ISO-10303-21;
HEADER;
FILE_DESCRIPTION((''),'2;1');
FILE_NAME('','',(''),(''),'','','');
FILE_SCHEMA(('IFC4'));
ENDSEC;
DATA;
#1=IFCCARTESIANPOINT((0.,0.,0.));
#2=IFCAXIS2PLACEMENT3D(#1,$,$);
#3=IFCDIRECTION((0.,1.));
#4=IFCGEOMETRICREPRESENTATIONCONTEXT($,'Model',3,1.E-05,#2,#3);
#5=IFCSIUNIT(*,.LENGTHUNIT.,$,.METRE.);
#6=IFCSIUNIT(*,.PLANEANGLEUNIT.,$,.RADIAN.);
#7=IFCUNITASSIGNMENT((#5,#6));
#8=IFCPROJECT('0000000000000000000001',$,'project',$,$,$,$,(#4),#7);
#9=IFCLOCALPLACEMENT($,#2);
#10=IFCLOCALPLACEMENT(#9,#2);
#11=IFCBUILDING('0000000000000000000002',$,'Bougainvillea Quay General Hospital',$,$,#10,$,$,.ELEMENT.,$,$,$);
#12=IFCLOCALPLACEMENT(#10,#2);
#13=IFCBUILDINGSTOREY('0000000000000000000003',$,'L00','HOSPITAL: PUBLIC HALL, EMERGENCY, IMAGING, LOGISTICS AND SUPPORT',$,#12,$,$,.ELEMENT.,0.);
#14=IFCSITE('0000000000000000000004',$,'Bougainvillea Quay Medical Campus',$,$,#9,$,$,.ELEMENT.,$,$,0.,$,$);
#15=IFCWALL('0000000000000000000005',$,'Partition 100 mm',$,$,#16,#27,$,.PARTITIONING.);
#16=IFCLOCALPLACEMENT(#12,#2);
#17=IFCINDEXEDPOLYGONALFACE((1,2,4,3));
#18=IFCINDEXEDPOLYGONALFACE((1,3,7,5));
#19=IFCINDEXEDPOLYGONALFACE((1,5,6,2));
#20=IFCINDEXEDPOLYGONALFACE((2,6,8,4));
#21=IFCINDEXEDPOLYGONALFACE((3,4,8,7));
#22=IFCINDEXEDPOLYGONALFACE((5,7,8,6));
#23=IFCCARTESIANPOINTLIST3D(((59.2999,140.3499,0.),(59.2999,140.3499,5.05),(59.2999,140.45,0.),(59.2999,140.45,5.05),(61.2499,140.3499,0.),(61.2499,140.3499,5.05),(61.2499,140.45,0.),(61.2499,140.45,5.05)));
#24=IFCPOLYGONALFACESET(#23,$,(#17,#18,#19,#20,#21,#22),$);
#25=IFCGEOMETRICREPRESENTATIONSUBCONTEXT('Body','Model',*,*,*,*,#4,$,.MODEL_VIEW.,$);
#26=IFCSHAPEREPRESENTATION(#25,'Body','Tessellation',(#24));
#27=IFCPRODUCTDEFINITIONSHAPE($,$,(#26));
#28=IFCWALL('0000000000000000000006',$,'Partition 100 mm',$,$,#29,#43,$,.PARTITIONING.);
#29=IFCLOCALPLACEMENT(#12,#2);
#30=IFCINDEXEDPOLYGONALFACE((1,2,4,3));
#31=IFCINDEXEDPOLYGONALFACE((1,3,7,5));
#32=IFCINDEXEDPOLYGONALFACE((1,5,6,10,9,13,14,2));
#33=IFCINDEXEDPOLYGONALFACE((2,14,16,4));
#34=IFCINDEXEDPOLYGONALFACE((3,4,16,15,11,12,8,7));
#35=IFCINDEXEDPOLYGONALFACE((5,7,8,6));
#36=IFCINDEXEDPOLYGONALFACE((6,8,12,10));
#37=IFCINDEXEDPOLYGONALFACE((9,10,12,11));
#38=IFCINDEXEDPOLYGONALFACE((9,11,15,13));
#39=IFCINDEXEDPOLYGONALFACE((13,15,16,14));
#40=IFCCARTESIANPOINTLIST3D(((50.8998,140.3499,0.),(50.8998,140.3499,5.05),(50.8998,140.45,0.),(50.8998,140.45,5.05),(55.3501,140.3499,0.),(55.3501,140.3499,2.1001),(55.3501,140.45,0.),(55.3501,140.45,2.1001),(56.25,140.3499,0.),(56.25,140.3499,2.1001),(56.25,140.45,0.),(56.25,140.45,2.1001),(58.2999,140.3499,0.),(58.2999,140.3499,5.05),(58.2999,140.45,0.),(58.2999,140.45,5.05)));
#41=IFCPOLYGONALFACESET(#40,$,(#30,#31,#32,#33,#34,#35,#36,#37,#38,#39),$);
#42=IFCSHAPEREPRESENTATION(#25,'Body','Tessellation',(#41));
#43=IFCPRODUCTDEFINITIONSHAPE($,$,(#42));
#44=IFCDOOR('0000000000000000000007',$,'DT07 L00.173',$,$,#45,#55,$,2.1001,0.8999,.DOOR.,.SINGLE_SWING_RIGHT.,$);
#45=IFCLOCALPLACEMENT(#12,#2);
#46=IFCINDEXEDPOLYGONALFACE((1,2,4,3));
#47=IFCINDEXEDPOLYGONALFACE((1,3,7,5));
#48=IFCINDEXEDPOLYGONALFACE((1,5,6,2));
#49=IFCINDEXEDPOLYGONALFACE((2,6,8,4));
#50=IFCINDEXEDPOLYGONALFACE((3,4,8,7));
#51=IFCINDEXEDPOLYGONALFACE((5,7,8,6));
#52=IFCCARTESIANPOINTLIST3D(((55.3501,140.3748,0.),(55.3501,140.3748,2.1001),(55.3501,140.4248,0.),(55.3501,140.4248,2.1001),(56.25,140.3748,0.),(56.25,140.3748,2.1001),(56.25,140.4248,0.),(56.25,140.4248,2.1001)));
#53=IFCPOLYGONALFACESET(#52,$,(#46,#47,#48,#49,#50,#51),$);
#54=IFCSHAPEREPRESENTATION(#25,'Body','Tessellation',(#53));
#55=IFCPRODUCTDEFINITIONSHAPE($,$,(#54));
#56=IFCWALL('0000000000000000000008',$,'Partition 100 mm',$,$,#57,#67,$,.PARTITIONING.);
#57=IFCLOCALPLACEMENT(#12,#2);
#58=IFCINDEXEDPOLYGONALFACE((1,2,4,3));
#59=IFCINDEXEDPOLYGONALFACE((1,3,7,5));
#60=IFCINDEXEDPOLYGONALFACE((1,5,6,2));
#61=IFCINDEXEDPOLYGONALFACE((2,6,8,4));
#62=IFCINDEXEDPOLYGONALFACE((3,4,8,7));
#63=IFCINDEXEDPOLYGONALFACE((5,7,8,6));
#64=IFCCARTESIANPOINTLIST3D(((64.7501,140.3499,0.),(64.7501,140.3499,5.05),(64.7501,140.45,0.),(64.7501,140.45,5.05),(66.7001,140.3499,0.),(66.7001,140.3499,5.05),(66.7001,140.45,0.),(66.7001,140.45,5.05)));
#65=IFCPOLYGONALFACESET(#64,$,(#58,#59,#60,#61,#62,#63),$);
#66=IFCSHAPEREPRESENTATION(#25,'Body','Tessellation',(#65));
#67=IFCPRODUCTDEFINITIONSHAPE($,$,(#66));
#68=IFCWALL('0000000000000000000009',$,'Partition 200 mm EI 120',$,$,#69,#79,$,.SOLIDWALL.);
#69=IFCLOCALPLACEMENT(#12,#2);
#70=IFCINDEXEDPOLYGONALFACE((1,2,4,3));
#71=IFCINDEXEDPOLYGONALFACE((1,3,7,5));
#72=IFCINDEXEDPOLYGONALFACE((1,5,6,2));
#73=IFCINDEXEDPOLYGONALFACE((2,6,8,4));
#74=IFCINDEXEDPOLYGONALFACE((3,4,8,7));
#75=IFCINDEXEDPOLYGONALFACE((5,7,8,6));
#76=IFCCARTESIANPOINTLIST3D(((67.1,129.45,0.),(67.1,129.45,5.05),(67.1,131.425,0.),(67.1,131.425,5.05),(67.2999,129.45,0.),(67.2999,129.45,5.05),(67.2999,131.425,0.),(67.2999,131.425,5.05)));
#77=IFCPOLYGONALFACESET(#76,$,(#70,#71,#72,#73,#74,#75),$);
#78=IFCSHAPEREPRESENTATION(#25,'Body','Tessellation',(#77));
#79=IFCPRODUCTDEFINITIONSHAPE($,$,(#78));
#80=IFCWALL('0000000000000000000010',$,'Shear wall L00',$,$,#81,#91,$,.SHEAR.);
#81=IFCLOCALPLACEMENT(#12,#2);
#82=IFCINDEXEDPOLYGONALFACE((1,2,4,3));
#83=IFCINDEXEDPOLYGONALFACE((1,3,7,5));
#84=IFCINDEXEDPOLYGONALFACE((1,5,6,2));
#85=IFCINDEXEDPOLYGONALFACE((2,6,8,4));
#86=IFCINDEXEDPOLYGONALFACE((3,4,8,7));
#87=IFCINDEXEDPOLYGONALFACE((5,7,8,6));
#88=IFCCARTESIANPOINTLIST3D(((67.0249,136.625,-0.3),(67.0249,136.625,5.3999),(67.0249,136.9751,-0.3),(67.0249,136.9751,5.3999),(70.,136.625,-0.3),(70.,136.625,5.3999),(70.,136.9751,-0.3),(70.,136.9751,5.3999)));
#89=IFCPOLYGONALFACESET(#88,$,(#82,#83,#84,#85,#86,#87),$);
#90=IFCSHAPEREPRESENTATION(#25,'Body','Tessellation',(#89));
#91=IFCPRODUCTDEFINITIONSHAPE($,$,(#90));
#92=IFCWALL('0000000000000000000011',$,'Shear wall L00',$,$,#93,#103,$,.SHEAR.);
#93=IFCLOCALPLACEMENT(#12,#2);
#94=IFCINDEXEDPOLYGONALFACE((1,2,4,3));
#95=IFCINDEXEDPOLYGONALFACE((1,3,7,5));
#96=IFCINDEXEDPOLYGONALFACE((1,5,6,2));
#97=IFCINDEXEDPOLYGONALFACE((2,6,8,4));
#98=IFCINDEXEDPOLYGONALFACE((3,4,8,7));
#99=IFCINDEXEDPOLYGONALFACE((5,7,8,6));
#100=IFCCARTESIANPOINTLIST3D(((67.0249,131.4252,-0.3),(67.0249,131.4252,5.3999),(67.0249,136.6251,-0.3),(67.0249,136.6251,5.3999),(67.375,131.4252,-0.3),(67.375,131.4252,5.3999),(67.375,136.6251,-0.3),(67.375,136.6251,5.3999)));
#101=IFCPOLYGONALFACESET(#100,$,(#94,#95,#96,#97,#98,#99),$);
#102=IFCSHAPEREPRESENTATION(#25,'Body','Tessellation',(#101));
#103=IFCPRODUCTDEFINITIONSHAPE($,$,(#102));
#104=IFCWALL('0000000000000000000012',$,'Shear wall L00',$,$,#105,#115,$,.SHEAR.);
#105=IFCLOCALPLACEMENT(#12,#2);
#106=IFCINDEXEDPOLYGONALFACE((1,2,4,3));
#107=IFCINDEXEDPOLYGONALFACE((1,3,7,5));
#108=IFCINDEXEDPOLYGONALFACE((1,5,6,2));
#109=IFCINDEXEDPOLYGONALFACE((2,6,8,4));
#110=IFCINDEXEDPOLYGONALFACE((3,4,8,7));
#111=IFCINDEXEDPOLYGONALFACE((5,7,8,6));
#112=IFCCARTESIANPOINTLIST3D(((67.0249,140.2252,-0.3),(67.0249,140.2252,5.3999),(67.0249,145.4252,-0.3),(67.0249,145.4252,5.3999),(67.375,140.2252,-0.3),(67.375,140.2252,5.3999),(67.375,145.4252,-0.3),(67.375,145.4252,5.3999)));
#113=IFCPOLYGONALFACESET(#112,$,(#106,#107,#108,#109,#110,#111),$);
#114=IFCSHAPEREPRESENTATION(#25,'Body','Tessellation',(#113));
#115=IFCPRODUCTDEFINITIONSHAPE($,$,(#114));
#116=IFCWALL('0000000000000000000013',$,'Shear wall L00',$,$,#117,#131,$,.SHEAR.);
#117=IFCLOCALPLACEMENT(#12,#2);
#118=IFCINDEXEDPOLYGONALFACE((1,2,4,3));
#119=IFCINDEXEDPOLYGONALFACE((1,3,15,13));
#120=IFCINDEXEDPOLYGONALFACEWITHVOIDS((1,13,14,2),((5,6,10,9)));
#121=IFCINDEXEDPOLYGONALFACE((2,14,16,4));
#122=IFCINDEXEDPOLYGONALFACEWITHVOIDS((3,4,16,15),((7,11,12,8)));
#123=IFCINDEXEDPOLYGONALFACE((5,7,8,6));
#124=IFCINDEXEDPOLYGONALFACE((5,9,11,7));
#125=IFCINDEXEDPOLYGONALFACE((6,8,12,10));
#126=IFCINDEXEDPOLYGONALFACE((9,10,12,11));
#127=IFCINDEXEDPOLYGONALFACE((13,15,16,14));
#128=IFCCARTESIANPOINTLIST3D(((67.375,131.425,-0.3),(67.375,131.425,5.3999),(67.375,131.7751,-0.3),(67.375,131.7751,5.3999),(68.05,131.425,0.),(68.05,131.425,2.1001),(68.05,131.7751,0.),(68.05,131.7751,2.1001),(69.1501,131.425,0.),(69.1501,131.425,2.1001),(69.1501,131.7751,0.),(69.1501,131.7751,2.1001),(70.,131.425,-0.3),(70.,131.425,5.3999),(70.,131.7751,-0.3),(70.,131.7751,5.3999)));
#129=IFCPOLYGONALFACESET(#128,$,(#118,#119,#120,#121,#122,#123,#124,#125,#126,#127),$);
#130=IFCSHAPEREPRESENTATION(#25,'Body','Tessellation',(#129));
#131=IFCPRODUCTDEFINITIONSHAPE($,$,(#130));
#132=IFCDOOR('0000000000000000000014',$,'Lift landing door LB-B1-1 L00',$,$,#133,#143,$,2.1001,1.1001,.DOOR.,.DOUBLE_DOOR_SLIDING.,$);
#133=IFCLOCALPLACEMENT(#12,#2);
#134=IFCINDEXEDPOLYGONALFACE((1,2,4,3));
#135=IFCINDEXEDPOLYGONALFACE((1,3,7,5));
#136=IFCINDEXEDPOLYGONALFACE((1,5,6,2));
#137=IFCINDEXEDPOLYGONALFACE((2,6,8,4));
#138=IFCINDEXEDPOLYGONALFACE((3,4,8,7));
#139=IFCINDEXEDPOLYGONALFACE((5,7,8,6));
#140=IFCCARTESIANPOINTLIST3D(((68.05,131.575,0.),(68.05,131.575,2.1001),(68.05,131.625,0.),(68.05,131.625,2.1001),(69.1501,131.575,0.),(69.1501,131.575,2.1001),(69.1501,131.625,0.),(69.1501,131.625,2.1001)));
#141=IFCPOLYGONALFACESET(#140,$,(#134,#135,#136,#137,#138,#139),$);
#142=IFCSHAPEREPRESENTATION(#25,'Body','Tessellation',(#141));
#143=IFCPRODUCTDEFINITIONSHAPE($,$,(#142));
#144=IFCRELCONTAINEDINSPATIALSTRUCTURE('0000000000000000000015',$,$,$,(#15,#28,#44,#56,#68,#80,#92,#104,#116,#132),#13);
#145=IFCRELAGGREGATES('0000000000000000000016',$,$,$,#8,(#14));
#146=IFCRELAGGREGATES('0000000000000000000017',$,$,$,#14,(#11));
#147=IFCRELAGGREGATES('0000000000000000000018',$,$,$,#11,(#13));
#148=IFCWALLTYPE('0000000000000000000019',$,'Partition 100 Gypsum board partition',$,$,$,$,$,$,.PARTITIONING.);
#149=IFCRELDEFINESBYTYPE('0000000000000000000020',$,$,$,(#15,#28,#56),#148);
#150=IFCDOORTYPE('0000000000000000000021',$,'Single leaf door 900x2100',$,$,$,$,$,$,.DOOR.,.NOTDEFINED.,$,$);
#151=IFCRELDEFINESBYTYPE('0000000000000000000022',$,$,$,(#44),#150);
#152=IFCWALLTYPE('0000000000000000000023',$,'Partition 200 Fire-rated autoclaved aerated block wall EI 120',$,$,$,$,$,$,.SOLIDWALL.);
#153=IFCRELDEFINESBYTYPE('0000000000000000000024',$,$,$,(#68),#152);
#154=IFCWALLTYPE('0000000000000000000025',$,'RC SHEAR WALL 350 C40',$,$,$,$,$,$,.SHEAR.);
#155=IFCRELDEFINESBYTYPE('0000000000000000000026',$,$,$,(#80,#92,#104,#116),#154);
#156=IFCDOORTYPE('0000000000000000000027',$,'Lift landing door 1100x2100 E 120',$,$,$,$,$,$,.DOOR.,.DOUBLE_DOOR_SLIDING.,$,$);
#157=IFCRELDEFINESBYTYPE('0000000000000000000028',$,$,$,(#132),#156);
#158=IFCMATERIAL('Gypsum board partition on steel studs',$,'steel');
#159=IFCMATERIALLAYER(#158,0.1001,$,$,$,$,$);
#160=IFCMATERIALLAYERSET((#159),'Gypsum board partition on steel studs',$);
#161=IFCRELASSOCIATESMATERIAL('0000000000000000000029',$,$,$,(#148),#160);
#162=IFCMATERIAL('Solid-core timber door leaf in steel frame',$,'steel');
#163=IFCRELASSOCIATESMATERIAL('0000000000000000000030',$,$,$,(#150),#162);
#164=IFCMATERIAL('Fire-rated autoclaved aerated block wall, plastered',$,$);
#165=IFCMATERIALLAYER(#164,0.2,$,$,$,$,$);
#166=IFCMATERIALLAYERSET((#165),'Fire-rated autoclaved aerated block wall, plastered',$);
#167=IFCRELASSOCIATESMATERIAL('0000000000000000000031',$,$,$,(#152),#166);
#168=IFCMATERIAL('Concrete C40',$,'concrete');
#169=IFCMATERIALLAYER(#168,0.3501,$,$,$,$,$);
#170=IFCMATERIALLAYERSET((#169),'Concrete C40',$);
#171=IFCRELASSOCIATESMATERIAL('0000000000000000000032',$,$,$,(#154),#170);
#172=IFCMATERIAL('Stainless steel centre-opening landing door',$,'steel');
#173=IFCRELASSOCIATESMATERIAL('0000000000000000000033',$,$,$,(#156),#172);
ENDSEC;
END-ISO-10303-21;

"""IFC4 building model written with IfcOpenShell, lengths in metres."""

from ifc_helpers import new_model, si_unit, direction, frame, frame_2d, origin, place, context, subcontext, project, spatial, rectangle, extrude, material, layer, layer_set, type_object, element, fill, save


model = new_model("IFC4")

# Units and contexts
model_context = context("Model", 3, precision=1e-05, world=origin(), true_north=direction((0.0, 1.0)))
body_context = subcontext(model_context, "Body", "Model", "MODEL_VIEW")
ifc_project = project(units=[si_unit("LENGTHUNIT", "METRE"), si_unit("PLANEANGLEUNIT", "RADIAN")], contexts=[model_context])

# Site, building, storey
site_placement = place(None, origin())
site = spatial("IfcSite", under=ifc_project, at=site_placement, Name="Bougainvillea Quay Medical Campus", CompositionType="ELEMENT", RefElevation=0.0)
building_placement = place(site_placement, origin())
building = spatial("IfcBuilding", under=site, at=building_placement, Name="Bougainvillea Quay General Hospital", CompositionType="ELEMENT")
storey_placement = place(building_placement, origin())
storey = spatial("IfcBuildingStorey", under=building, at=storey_placement, Name="L00", Description="HOSPITAL: PUBLIC HALL, EMERGENCY, IMAGING, LOGISTICS AND SUPPORT", CompositionType="ELEMENT", Elevation=0.0)

# Shared definitions
ifc_material_1 = material(Name="Concrete C40", Category="concrete")

# Wall
ifc_material_2 = material(Name="Gypsum board partition on steel studs", Category="steel")
ifc_layer_1 = layer(ifc_material_2, 0.1001)
ifc_layer_set_1 = layer_set([ifc_layer_1], Name="Gypsum board partition on steel studs")
wall_type_1 = type_object("IfcWallType", Name="Partition 100 Gypsum board partition", PredefinedType="PARTITIONING", material=ifc_layer_set_1)
wall_1_placement = place(storey_placement, frame((61.25, 140.3999, 0.0), z_axis=(0.0, 0.0, 1.0), x_axis=(-1.0, 0.0, 0.0)))
element("IfcWall", 1, at=wall_1_placement, inside=storey, type_object=wall_type_1, Name="Partition 100 mm", PredefinedType="PARTITIONING", context=body_context, shape_type="SweptSolid", body=[
    extrude(rectangle(XDim=1.95, YDim=0.1001, at=frame_2d((0.9751, 0.0))), origin(), (0.0, 0.0, 1.0), 5.05),
])

# Wall, opening, door
wall_2_placement = place(storey_placement, frame((58.3, 140.3999, 0.0), z_axis=(0.0, 0.0, 1.0), x_axis=(-1.0, 0.0, 0.0)))
wall_2 = element("IfcWall", 2, at=wall_2_placement, inside=storey, type_object=wall_type_1, Name="Partition 100 mm", PredefinedType="PARTITIONING", context=body_context, shape_type="SweptSolid", body=[
    extrude(rectangle(XDim=7.4001, YDim=0.1001, at=frame_2d((3.7002, 0.0))), origin(), (0.0, 0.0, 1.0), 5.05),
])
opening_1_placement = place(wall_2_placement, frame((2.05, 0.0, 0.0)))
opening_1 = element("IfcOpeningElement", 3, at=opening_1_placement, cuts=wall_2, PredefinedType="OPENING", context=body_context, shape_type="SweptSolid", body=[
    extrude(rectangle(XDim=0.8999, YDim=2.1001, at=frame_2d((0.45, 1.05))), frame((0.0, 0.0601, 0.0), z_axis=(0.0, -1.0, 0.0), x_axis=(1.0, 0.0, 0.0)), (0.0, 0.0, 1.0), 0.1201),
])
ifc_material_3 = material(Name="Solid-core timber door leaf in steel frame", Category="steel")
door_type_1 = type_object("IfcDoorType", Name="Single leaf door 900x2100", OperationType="NOTDEFINED", PredefinedType="DOOR", material=ifc_material_3)
door_1_placement = place(opening_1_placement, frame((0.8999, 0.0, 0.0), z_axis=(0.0, 0.0, 1.0), x_axis=(-1.0, 0.0, 0.0)))
door_1 = element("IfcDoor", 4, at=door_1_placement, inside=storey, type_object=door_type_1, Name="DT07 L00.173", OperationType="SINGLE_SWING_RIGHT", OverallHeight=2.1001, OverallWidth=0.8999, PredefinedType="DOOR", context=body_context, shape_type="SweptSolid", body=[
    extrude(rectangle(XDim=0.8999, YDim=2.1001, at=frame_2d((0.45, 1.05))), frame((0.0, 0.0249, 0.0), z_axis=(0.0, -1.0, 0.0), x_axis=(1.0, 0.0, 0.0)), (0.0, 0.0, 1.0), 0.05),
])
fill(opening_1, door_1)

# Walls
wall_3_placement = place(storey_placement, frame((64.75, 140.3999, 0.0), z_axis=(0.0, 0.0, 1.0), x_axis=(1.0, 0.0, 0.0)))
element("IfcWall", 5, at=wall_3_placement, inside=storey, type_object=wall_type_1, Name="Partition 100 mm", PredefinedType="PARTITIONING", context=body_context, shape_type="SweptSolid", body=[
    extrude(rectangle(XDim=1.95, YDim=0.1001, at=frame_2d((0.9751, 0.0))), origin(), (0.0, 0.0, 1.0), 5.05),
])
ifc_material_4 = material(Name="Fire-rated autoclaved aerated block wall, plastered")
ifc_layer_2 = layer(ifc_material_4, 0.2)
ifc_layer_set_2 = layer_set([ifc_layer_2], Name="Fire-rated autoclaved aerated block wall, plastered")
wall_type_2 = type_object("IfcWallType", Name="Partition 200 Fire-rated autoclaved aerated block wall EI 120", PredefinedType="SOLIDWALL", material=ifc_layer_set_2)
wall_4_placement = place(storey_placement, frame((67.2, 129.45, 0.0), z_axis=(0.0, 0.0, 1.0), x_axis=(0.0, 1.0, 0.0)))
element("IfcWall", 6, at=wall_4_placement, inside=storey, type_object=wall_type_2, Name="Partition 200 mm EI 120", PredefinedType="SOLIDWALL", context=body_context, shape_type="SweptSolid", body=[
    extrude(rectangle(XDim=1.9751, YDim=0.2, at=frame_2d((0.9875, 0.0))), origin(), (0.0, 0.0, 1.0), 5.05),
])
ifc_layer_3 = layer(ifc_material_1, 0.3501)
ifc_layer_set_3 = layer_set([ifc_layer_3], Name="Concrete C40")
wall_type_3 = type_object("IfcWallType", Name="RC SHEAR WALL 350 C40", PredefinedType="SHEAR", material=ifc_layer_set_3)
wall_5_placement = place(storey_placement, frame((67.0249, 136.8, -0.3), z_axis=(0.0, 0.0, 1.0), x_axis=(1.0, 0.0, 0.0)))
element("IfcWall", 7, at=wall_5_placement, inside=storey, type_object=wall_type_3, Name="Shear wall L00", PredefinedType="SHEAR", context=body_context, shape_type="SweptSolid", body=[
    extrude(rectangle(XDim=2.9751, YDim=0.3501, at=frame_2d((1.4875, 0.0))), origin(), (0.0, 0.0, 1.0), 5.7),
])
for number, where, z_axis, x_axis, name in (
    (8, (67.2, 131.425, -0.3), (0.0, 0.0, 1.0), (0.0, 1.0, 0.0), "Shear wall L00"),
    (9, (67.2, 140.2251, -0.3), (0.0, 0.0, 1.0), (0.0, 1.0, 0.0), "Shear wall L00"),
):
    element("IfcWall", number, at=place(storey_placement, frame(where, z_axis=z_axis, x_axis=x_axis)), inside=storey, type_object=wall_type_3, Name=name, PredefinedType="SHEAR", context=body_context, shape_type="SweptSolid", body=[
        extrude(rectangle(XDim=5.2, YDim=0.3501, at=frame_2d((2.6001, 0.0))), origin(), (0.0, 0.0, 1.0), 5.7),
    ])

# Wall, opening, door
wall_6_placement = place(storey_placement, frame((67.375, 131.6001, -0.3), z_axis=(0.0, 0.0, 1.0), x_axis=(1.0, 0.0, 0.0)))
wall_6 = element("IfcWall", 10, at=wall_6_placement, inside=storey, type_object=wall_type_3, Name="Shear wall L00", PredefinedType="SHEAR", context=body_context, shape_type="SweptSolid", body=[
    extrude(rectangle(XDim=2.625, YDim=0.3501, at=frame_2d((1.3125, 0.0))), origin(), (0.0, 0.0, 1.0), 5.7),
])
opening_2_placement = place(wall_6_placement, frame((0.675, 0.0, 0.3)))
opening_2 = element("IfcOpeningElement", 11, at=opening_2_placement, cuts=wall_6, PredefinedType="OPENING", context=body_context, shape_type="SweptSolid", body=[
    extrude(rectangle(XDim=1.1001, YDim=2.1001, at=frame_2d((0.55, 1.05))), frame((0.0, 0.1851, 0.0), z_axis=(0.0, -1.0, 0.0), x_axis=(1.0, 0.0, 0.0)), (0.0, 0.0, 1.0), 0.3701),
])
ifc_material_5 = material(Name="Stainless steel centre-opening landing door", Category="steel")
door_type_2 = type_object("IfcDoorType", Name="Lift landing door 1100x2100 E 120", OperationType="DOUBLE_DOOR_SLIDING", PredefinedType="DOOR", material=ifc_material_5)
door_2_placement = place(opening_2_placement, origin())
door_2 = element("IfcDoor", 12, at=door_2_placement, inside=storey, type_object=door_type_2, Name="Lift landing door LB-B1-1 L00", OperationType="DOUBLE_DOOR_SLIDING", OverallHeight=2.1001, OverallWidth=1.1001, PredefinedType="DOOR", context=body_context, shape_type="SweptSolid", body=[
    extrude(rectangle(XDim=1.1001, YDim=2.1001, at=frame_2d((0.55, 1.05))), frame((0.0, 0.0249, 0.0), z_axis=(0.0, -1.0, 0.0), x_axis=(1.0, 0.0, 0.0)), (0.0, 0.0, 1.0), 0.05),
])
fill(opening_2, door_2)

save(model, "model.ifc")
